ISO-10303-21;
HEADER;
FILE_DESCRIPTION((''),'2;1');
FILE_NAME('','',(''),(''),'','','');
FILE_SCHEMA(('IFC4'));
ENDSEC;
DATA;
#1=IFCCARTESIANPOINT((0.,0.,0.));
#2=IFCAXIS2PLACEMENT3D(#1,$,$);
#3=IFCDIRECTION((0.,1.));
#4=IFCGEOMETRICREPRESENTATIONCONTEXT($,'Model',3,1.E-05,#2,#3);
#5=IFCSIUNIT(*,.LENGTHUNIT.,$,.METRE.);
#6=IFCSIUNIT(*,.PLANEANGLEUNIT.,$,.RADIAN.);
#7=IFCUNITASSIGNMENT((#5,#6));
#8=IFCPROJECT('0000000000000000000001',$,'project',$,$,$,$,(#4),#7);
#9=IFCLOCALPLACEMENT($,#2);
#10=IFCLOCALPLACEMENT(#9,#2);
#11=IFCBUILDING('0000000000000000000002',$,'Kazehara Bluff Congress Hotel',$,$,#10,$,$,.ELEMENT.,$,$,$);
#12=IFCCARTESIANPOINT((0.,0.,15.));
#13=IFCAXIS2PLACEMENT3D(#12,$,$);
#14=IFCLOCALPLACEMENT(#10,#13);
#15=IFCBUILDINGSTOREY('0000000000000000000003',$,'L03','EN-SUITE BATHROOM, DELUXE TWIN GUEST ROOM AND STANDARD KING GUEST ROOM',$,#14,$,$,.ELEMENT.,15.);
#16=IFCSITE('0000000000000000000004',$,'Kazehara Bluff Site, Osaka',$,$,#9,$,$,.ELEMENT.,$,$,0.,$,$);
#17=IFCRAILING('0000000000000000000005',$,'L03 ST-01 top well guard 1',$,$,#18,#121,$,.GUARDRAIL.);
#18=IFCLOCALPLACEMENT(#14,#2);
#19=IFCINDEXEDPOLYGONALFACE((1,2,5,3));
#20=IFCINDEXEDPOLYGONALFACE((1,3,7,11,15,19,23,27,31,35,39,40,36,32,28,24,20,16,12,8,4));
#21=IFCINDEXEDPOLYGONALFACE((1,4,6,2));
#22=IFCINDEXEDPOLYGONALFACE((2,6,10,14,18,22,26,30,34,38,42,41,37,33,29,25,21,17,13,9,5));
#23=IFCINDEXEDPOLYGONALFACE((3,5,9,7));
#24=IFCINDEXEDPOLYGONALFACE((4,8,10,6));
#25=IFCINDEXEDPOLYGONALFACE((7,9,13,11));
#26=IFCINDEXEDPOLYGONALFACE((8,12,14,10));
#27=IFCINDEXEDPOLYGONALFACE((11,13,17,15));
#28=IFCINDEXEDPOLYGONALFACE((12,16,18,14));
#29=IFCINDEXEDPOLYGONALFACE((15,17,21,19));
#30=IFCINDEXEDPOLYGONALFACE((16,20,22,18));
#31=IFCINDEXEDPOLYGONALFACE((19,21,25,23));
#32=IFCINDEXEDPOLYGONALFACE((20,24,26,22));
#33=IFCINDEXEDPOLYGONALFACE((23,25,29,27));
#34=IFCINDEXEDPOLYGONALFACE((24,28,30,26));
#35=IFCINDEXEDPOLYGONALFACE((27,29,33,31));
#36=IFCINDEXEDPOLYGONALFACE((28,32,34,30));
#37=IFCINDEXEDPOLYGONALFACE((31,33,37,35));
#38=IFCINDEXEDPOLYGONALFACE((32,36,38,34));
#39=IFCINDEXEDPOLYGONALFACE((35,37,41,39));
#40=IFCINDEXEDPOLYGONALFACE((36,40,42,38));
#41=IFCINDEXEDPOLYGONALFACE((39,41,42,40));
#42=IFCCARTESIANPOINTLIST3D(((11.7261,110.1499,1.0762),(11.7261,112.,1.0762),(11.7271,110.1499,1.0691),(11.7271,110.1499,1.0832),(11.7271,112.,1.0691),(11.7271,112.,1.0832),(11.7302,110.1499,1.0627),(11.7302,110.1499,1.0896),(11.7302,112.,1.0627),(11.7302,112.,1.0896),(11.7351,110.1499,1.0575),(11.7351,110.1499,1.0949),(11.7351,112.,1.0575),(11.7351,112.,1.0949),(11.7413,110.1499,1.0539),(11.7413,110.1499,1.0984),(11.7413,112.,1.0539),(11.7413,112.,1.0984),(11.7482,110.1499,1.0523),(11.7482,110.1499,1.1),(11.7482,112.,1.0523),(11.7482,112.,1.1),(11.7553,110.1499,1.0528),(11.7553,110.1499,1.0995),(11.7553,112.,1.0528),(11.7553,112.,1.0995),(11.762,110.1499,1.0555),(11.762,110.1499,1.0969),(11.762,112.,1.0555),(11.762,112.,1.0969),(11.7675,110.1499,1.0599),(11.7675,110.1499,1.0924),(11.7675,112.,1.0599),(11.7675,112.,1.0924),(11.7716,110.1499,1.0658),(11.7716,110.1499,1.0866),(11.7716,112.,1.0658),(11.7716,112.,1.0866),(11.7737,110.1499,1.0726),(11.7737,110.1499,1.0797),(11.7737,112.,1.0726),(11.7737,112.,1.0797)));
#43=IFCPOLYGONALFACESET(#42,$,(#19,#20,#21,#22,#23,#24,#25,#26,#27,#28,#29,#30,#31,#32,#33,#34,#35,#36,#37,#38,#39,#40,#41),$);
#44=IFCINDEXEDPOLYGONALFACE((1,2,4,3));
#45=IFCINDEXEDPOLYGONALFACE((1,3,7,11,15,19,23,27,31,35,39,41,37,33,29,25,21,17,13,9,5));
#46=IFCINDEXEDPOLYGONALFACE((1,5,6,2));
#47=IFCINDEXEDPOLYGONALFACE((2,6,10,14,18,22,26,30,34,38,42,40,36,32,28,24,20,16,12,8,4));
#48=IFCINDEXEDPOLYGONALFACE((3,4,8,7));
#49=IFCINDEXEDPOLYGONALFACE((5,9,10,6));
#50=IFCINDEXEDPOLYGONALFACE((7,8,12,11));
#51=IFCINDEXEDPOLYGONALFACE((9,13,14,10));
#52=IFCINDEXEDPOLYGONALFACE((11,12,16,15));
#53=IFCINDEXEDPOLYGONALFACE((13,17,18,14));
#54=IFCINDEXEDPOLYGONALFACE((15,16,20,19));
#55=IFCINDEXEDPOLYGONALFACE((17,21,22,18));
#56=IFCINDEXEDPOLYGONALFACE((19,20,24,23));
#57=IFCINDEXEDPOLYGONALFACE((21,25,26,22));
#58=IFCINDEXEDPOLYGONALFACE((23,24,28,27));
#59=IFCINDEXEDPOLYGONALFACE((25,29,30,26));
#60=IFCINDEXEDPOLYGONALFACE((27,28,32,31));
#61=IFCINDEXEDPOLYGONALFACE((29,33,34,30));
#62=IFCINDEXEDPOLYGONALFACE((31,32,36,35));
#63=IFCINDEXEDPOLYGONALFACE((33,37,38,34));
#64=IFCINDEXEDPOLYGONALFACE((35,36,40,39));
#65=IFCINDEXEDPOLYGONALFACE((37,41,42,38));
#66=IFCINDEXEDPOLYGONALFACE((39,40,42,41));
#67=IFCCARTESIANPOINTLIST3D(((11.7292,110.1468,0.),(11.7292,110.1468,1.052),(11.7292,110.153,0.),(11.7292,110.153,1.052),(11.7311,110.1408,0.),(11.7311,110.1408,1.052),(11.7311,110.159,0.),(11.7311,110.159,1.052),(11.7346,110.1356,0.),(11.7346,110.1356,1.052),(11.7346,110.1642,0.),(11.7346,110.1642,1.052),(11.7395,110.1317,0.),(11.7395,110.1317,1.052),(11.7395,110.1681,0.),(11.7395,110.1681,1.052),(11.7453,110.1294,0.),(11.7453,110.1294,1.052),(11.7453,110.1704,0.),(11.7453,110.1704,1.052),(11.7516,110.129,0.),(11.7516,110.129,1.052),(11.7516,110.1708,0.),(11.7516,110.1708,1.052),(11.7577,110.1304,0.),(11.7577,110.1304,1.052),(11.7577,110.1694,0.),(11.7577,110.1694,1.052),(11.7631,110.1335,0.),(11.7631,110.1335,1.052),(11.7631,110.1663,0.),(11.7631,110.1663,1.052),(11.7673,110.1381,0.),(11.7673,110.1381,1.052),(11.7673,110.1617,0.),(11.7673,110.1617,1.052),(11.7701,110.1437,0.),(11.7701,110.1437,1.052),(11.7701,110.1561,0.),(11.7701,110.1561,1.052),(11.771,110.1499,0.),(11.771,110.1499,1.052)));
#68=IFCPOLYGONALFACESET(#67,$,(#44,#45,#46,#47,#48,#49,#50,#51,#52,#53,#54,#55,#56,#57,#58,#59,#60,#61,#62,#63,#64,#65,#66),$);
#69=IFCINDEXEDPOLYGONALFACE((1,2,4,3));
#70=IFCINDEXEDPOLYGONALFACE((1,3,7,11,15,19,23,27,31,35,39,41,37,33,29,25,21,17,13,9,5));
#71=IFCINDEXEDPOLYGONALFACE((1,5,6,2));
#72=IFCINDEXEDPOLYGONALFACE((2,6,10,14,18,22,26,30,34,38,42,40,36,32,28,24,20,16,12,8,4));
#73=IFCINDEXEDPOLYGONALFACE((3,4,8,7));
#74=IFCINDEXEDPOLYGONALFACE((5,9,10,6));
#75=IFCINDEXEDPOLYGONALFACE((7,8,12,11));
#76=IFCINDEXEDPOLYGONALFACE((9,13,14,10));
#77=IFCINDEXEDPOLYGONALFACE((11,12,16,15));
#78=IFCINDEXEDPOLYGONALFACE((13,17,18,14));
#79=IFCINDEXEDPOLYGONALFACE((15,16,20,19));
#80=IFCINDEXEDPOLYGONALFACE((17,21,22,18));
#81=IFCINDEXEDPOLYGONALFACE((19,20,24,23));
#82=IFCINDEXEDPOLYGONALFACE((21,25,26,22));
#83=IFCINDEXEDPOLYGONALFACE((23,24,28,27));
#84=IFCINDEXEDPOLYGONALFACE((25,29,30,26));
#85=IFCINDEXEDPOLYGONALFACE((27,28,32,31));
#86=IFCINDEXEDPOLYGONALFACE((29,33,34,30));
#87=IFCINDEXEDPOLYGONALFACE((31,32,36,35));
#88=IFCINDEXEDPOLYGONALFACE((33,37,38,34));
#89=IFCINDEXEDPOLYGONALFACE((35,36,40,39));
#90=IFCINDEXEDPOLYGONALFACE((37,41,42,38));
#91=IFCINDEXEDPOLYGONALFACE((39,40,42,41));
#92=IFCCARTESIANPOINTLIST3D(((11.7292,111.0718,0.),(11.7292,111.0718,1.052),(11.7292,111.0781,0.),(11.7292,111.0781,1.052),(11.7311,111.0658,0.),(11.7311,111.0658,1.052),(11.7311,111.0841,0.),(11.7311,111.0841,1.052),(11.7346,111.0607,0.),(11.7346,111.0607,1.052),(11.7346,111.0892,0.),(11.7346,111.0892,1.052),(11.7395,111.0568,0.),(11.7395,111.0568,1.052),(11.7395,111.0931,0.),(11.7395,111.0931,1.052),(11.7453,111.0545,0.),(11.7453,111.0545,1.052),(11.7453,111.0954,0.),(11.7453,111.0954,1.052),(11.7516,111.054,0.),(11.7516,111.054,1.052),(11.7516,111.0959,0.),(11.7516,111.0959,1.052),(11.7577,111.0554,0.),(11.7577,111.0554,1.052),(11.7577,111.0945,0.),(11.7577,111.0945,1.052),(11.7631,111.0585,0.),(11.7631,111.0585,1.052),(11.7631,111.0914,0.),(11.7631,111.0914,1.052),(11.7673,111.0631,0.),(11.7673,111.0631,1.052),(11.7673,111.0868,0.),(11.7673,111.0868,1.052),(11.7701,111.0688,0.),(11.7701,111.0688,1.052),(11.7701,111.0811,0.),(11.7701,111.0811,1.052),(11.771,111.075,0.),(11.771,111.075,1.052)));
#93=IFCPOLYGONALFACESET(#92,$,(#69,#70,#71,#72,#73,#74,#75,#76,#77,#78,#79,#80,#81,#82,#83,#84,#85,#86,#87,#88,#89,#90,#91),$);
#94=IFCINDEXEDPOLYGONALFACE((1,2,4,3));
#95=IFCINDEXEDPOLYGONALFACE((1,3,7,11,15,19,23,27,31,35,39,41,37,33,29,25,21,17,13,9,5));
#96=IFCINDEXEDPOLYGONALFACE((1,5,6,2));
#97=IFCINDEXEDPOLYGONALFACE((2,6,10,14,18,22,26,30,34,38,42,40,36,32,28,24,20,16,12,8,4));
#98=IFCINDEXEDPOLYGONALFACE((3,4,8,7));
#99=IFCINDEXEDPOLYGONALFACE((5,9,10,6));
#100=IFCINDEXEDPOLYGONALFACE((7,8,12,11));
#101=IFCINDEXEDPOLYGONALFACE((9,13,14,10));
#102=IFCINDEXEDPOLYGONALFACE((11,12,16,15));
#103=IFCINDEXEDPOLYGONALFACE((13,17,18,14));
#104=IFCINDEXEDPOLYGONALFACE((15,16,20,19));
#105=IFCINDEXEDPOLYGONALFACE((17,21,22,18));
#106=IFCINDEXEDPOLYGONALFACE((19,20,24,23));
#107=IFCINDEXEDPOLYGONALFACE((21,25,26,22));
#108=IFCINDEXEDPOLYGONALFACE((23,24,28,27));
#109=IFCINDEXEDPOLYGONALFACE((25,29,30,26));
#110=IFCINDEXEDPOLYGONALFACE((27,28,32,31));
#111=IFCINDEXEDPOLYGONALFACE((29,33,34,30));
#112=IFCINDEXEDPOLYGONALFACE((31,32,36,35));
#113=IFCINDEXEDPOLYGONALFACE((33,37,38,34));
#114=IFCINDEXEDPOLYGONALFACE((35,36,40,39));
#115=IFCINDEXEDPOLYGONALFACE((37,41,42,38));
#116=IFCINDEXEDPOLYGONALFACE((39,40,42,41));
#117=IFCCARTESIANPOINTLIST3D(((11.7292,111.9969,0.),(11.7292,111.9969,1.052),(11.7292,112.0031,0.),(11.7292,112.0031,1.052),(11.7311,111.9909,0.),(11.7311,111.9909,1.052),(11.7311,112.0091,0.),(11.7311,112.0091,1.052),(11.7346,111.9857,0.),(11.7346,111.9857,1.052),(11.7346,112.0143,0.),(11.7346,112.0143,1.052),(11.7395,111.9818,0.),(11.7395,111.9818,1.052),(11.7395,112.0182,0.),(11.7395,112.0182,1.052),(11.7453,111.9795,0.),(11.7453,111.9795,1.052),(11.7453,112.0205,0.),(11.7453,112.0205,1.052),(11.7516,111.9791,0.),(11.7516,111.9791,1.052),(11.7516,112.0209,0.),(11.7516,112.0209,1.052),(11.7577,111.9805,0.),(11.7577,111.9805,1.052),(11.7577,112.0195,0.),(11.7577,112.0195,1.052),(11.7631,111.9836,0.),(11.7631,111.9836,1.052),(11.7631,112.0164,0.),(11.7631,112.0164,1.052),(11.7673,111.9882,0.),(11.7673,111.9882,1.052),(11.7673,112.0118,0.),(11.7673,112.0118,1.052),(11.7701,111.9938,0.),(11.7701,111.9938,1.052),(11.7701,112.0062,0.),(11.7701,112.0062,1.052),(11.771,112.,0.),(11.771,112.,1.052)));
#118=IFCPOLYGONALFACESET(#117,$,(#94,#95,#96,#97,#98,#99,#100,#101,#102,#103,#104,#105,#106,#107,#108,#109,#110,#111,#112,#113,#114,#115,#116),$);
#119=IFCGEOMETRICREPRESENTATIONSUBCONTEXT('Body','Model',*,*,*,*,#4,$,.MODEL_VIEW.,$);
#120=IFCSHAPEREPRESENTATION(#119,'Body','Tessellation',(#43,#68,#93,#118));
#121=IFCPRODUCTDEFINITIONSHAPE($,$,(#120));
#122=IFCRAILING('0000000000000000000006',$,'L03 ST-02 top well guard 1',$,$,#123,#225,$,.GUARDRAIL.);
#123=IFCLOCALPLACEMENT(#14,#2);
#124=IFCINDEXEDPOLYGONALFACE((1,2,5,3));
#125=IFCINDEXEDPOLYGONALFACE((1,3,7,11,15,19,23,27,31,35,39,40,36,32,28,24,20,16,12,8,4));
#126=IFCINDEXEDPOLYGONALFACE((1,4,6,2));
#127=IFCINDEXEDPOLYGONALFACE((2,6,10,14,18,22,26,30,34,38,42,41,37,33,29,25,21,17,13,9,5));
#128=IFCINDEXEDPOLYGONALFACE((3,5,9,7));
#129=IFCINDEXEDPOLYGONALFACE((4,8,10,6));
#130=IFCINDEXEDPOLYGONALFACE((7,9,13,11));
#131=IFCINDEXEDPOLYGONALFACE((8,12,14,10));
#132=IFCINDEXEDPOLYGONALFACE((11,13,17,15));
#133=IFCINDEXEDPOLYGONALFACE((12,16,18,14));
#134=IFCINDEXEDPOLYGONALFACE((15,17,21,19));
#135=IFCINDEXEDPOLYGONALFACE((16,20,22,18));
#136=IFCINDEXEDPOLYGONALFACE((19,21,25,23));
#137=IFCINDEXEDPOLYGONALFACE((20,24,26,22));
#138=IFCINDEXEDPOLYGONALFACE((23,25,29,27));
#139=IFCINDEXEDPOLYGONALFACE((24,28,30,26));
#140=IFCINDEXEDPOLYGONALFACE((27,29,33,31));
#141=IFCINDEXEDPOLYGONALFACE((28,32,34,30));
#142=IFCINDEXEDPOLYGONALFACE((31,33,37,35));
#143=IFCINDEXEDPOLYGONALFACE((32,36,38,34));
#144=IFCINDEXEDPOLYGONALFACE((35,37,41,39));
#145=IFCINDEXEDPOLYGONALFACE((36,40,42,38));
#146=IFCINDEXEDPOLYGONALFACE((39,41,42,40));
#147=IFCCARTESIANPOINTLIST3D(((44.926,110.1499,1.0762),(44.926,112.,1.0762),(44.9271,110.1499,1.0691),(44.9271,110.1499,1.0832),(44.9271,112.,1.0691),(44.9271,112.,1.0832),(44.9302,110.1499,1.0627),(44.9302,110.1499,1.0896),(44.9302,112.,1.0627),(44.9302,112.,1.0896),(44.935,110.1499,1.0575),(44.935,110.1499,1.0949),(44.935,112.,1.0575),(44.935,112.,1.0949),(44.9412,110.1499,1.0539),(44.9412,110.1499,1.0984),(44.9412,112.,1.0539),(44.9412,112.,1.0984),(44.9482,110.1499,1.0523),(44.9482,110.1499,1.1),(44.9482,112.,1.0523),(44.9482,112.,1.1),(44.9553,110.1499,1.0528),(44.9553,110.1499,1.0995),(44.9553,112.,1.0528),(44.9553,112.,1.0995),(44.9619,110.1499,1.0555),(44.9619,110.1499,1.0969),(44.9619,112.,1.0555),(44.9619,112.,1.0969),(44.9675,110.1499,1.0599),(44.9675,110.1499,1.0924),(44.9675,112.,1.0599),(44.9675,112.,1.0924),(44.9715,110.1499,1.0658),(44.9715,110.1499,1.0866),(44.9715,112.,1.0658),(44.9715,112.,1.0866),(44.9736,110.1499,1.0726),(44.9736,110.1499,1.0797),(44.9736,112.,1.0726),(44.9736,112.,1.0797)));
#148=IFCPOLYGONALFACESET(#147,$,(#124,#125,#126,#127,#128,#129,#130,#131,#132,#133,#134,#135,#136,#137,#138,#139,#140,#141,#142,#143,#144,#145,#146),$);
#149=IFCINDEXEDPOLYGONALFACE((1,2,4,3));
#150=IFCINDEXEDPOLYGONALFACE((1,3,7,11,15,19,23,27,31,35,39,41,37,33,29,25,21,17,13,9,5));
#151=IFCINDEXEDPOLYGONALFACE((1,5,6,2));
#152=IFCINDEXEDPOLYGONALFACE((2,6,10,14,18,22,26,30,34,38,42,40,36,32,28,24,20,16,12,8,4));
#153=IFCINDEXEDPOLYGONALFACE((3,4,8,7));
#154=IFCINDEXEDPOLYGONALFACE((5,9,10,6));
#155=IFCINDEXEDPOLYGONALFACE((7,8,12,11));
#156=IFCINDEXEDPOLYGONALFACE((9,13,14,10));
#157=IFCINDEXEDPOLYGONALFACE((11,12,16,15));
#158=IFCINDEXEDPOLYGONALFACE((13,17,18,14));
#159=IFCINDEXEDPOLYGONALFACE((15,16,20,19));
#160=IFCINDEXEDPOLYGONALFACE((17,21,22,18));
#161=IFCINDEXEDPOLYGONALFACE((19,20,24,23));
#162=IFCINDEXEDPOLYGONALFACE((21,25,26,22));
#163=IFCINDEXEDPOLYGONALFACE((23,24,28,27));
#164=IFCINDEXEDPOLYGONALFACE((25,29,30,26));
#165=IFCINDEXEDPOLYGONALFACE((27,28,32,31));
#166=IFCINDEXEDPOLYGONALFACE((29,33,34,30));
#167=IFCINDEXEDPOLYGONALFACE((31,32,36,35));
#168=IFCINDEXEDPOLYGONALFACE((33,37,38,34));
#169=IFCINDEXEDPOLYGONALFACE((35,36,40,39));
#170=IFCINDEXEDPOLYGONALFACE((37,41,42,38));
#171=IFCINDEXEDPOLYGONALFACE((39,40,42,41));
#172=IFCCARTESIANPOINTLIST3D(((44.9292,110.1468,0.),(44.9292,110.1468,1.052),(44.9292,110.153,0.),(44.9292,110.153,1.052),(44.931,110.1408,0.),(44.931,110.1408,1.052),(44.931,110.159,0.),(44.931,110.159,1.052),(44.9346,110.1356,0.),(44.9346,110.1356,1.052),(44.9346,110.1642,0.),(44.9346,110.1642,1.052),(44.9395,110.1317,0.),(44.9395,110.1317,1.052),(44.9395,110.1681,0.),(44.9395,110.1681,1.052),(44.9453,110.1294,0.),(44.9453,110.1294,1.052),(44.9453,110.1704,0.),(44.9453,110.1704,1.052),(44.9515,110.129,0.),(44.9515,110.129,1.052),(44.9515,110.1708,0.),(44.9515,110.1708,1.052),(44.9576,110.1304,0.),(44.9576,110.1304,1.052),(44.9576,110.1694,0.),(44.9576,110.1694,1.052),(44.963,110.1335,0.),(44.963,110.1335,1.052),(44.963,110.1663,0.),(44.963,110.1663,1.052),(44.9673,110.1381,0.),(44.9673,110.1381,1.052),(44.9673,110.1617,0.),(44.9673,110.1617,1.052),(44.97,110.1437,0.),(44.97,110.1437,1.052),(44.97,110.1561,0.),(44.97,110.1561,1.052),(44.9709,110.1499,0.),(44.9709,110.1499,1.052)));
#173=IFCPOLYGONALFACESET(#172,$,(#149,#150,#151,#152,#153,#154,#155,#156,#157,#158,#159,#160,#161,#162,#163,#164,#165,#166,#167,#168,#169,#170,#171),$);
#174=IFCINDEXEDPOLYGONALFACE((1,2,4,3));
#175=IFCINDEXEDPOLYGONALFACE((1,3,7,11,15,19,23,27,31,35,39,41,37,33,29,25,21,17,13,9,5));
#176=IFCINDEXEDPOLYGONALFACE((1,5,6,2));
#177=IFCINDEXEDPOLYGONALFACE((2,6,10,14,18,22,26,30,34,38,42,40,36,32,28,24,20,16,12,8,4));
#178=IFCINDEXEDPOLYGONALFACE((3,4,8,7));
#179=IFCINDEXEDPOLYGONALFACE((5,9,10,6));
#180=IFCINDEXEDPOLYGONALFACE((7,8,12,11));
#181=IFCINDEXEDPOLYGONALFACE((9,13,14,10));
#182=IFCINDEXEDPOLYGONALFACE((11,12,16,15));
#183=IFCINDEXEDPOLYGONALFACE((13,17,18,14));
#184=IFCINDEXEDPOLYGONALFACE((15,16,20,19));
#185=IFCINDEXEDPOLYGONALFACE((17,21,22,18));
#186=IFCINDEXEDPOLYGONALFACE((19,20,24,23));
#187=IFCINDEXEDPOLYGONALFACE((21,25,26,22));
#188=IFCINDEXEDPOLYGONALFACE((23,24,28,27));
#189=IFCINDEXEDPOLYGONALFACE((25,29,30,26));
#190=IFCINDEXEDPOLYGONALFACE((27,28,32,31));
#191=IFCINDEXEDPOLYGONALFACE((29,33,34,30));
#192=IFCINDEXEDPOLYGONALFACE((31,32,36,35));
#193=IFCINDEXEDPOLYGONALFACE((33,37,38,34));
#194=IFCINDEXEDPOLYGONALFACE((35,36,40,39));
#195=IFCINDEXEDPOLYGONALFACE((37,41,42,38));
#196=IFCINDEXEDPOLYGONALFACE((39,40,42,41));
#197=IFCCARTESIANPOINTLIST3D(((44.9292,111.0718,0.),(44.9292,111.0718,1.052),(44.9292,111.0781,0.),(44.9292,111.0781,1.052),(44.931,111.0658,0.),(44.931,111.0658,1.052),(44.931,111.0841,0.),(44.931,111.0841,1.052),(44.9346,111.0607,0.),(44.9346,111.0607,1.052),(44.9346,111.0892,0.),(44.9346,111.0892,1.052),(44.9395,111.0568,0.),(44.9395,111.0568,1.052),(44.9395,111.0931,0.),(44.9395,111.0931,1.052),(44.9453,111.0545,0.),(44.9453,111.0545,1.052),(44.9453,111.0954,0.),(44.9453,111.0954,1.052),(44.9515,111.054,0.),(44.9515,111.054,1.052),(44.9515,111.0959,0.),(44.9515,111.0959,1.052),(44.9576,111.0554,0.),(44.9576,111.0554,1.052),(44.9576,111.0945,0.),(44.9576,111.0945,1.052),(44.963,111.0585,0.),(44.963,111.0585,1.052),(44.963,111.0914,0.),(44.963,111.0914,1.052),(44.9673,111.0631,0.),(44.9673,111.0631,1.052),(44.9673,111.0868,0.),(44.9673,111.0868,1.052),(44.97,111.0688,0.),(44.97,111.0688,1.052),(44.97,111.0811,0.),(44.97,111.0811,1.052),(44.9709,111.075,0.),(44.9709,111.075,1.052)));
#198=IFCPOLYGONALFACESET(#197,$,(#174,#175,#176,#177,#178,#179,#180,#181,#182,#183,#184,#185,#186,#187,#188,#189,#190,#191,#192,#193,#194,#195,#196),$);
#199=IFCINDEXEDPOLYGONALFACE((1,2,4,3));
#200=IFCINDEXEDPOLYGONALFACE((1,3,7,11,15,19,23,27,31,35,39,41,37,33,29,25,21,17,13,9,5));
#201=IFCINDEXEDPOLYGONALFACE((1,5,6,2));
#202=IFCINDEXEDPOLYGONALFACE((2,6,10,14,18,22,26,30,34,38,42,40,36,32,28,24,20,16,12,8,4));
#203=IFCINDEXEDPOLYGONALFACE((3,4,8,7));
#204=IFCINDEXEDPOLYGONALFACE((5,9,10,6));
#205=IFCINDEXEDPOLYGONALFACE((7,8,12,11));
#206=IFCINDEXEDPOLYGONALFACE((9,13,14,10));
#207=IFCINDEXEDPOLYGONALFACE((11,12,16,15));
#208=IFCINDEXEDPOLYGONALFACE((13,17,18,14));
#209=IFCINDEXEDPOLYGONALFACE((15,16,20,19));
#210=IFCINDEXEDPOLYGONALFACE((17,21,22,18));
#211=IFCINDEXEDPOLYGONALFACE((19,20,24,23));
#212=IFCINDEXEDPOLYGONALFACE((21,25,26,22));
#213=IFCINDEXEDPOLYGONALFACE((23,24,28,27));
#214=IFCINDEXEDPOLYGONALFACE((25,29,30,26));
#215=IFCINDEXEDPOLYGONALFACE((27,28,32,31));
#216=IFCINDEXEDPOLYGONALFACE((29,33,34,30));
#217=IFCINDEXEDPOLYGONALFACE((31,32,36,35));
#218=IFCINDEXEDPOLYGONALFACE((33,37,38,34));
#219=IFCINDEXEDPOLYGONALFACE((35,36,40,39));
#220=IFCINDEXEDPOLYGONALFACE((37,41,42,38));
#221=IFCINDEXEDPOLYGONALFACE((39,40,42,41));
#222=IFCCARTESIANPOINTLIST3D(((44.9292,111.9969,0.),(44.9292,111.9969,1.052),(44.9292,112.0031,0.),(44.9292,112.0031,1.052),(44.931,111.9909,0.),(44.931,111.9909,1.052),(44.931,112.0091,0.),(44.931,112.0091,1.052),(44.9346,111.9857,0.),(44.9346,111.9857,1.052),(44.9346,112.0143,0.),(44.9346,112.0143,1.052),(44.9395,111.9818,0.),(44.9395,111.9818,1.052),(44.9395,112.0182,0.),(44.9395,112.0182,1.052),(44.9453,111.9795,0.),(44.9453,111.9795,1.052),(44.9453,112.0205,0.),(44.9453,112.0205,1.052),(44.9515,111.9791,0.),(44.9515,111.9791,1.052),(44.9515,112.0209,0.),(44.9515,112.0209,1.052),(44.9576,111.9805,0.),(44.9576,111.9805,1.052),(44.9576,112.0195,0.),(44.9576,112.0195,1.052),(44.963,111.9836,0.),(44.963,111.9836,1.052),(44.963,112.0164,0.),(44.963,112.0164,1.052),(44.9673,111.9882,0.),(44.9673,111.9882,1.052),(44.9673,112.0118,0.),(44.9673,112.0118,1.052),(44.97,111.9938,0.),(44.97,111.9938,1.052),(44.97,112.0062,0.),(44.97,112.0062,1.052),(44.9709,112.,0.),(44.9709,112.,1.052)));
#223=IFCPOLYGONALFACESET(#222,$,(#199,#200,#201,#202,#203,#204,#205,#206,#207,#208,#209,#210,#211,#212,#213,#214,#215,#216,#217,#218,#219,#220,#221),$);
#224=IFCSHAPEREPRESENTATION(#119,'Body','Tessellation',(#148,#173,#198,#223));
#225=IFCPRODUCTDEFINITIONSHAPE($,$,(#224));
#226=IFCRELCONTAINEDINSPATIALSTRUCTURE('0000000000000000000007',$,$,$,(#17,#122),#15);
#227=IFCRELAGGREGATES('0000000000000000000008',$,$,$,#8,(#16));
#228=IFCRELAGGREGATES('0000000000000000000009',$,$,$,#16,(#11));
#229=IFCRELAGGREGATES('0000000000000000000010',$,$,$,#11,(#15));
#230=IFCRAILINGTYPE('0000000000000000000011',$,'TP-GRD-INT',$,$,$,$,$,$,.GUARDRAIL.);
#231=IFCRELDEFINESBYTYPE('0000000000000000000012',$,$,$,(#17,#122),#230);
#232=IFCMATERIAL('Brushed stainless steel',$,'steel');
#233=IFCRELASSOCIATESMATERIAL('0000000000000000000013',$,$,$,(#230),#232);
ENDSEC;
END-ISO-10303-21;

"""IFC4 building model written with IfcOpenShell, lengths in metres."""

from ifc_helpers import new_model, si_unit, direction, frame, origin, origin_2d, place, context, subcontext, project, spatial, circle, extrude, material, type_object, element, save


model = new_model("IFC4")

# Units and contexts
model_context = context("Model", 3, precision=1e-05, world=origin(), true_north=direction((0.0, 1.0)))
body_context = subcontext(model_context, "Body", "Model", "MODEL_VIEW")
ifc_project = project(units=[si_unit("LENGTHUNIT", "METRE"), si_unit("PLANEANGLEUNIT", "RADIAN")], contexts=[model_context])

# Site, building, storey
site_placement = place(None, origin())
site = spatial("IfcSite", under=ifc_project, at=site_placement, Name="Kazehara Bluff Site, Osaka", CompositionType="ELEMENT", RefElevation=0.0)
building_placement = place(site_placement, origin())
building = spatial("IfcBuilding", under=site, at=building_placement, Name="Kazehara Bluff Congress Hotel", CompositionType="ELEMENT")
storey_placement = place(building_placement, frame((0.0, 0.0, 15.0)))
storey = spatial("IfcBuildingStorey", under=building, at=storey_placement, Name="L03", Description="EN-SUITE BATHROOM, DELUXE TWIN GUEST ROOM AND STANDARD KING GUEST ROOM", CompositionType="ELEMENT", Elevation=15.0)

# Railings
ifc_material_1 = material(Name="Brushed stainless steel", Category="steel")
railing_type = type_object("IfcRailingType", Name="TP-GRD-INT", PredefinedType="GUARDRAIL", material=ifc_material_1)
for number, where, name in (
    (1, (11.75, 110.1499, 0.0), "L03 ST-01 top well guard 1"),
    (2, (44.95, 110.1499, 0.0), "L03 ST-02 top well guard 1"),
):
    element("IfcRailing", number, at=place(storey_placement, frame(where)), inside=storey, type_object=railing_type, Name=name, PredefinedType="GUARDRAIL", context=body_context, shape_type="SweptSolid", body=[
        extrude(circle(Radius=0.0239, at=origin_2d()), frame((0.0, 0.0, 1.0762), z_axis=(0.0, 1.0, 0.0), x_axis=(-1.0, 0.0, 0.0)), (0.0, 0.0, 1.0), 1.8501),
        extrude(circle(Radius=0.021, at=origin_2d()), origin(), (0.0, 0.0, 1.0), 1.052),
        extrude(circle(Radius=0.021, at=origin_2d()), frame((0.0, 0.925, 0.0)), (0.0, 0.0, 1.0), 1.052),
        extrude(circle(Radius=0.021, at=origin_2d()), frame((0.0, 1.8501, 0.0)), (0.0, 0.0, 1.0), 1.052),
    ])

save(model, "model.ifc")
